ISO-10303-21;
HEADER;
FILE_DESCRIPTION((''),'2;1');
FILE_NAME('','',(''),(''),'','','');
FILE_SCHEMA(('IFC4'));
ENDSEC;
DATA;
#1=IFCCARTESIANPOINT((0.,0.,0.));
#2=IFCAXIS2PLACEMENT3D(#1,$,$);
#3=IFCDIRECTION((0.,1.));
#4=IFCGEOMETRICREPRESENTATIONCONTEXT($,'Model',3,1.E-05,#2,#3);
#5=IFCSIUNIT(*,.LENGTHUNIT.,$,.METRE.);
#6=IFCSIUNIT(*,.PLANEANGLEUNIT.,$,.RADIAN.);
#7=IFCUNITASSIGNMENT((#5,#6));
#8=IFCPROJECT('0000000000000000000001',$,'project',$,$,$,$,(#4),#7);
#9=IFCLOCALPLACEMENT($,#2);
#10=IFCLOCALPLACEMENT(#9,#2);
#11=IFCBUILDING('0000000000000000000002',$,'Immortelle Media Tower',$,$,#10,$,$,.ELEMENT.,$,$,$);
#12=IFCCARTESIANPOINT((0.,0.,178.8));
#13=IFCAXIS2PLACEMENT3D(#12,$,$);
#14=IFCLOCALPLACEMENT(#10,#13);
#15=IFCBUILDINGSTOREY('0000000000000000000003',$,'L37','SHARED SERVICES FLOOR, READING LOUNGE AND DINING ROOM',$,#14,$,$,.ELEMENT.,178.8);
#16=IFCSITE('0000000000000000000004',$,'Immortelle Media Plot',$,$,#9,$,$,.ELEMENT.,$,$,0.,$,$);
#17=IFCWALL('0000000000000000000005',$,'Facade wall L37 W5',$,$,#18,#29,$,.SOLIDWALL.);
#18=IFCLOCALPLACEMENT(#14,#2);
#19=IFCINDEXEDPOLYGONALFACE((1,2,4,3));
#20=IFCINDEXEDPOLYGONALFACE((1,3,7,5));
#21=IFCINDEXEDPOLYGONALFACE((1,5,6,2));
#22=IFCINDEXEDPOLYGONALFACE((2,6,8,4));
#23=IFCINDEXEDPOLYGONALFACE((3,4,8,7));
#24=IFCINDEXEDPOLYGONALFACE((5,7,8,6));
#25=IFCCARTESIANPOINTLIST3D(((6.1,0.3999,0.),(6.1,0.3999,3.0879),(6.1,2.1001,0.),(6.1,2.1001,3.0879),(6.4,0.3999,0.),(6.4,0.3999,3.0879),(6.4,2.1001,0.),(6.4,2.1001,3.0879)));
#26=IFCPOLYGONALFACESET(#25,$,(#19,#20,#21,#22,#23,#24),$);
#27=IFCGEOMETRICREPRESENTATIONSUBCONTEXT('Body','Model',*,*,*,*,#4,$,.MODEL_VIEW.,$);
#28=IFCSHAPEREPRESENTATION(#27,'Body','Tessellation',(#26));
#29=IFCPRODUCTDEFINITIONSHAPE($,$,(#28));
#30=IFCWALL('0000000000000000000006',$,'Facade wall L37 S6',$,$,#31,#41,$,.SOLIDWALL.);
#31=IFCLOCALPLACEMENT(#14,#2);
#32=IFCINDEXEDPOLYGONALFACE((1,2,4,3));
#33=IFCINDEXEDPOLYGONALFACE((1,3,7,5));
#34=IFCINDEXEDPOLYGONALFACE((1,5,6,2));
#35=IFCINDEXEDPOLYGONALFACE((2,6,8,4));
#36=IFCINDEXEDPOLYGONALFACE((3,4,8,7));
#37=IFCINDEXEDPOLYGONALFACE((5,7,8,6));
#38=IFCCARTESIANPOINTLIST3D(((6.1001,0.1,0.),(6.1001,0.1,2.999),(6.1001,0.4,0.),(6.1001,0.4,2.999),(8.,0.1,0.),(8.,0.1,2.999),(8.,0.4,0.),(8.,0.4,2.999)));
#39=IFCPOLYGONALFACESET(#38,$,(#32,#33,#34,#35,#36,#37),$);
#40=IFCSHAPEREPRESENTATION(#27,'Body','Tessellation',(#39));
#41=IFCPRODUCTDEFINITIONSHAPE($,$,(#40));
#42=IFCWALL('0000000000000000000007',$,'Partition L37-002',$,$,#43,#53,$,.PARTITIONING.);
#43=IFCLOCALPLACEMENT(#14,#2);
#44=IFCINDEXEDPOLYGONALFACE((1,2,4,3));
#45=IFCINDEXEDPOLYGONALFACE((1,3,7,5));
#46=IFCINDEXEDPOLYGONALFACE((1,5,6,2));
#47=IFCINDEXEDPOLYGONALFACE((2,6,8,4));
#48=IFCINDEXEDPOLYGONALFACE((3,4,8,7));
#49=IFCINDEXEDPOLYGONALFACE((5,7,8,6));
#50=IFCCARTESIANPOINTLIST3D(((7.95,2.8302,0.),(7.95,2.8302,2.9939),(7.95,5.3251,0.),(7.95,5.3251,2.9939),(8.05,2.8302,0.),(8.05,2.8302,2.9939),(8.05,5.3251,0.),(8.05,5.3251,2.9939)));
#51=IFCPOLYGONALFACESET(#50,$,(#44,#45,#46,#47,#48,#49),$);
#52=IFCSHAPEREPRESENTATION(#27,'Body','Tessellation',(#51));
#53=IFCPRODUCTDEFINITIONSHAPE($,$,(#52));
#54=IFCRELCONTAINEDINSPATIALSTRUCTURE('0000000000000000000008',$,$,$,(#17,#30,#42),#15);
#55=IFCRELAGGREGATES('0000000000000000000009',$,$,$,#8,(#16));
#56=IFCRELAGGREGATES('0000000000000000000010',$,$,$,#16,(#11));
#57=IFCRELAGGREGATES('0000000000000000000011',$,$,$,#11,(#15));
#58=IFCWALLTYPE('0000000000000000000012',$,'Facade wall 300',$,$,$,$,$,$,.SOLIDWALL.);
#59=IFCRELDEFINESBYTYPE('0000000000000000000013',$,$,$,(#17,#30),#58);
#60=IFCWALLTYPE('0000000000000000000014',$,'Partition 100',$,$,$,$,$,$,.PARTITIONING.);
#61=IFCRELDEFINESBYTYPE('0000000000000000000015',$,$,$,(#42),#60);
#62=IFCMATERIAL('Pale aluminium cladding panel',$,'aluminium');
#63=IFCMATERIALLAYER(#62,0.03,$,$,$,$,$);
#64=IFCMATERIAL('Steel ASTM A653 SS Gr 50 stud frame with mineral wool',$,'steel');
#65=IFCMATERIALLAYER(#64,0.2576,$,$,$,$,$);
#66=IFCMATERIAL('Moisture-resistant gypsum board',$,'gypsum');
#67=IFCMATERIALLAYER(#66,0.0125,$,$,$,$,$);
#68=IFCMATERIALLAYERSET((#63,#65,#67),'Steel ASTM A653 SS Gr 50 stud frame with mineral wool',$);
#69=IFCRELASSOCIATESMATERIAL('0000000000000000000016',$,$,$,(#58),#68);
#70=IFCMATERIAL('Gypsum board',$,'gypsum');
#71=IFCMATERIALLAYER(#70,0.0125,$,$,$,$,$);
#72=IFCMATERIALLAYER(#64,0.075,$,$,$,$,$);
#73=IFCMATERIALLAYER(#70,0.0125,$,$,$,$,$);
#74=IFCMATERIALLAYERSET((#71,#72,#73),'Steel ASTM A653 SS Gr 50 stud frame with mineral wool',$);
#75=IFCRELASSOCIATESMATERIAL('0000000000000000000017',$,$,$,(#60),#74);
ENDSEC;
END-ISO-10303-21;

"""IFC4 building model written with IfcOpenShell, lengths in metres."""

from ifc_helpers import new_model, si_unit, direction, frame, frame_2d, origin, place, context, subcontext, project, spatial, rectangle, extrude, material, layer, layer_set, type_object, element, save


model = new_model("IFC4")

# Units and contexts
model_context = context("Model", 3, precision=1e-05, world=origin(), true_north=direction((0.0, 1.0)))
body_context = subcontext(model_context, "Body", "Model", "MODEL_VIEW")
ifc_project = project(units=[si_unit("LENGTHUNIT", "METRE"), si_unit("PLANEANGLEUNIT", "RADIAN")], contexts=[model_context])

# Site, building, storey
site_placement = place(None, origin())
site = spatial("IfcSite", under=ifc_project, at=site_placement, Name="Immortelle Media Plot", CompositionType="ELEMENT", RefElevation=0.0)
building_placement = place(site_placement, origin())
building = spatial("IfcBuilding", under=site, at=building_placement, Name="Immortelle Media Tower", CompositionType="ELEMENT")
storey_placement = place(building_placement, frame((0.0, 0.0, 178.8)))
storey = spatial("IfcBuildingStorey", under=building, at=storey_placement, Name="L37", Description="SHARED SERVICES FLOOR, READING LOUNGE AND DINING ROOM", CompositionType="ELEMENT", Elevation=178.8)

# Walls
ifc_material_1 = material(Name="Pale aluminium cladding panel", Category="aluminium")
ifc_layer_1 = layer(ifc_material_1, 0.03)
ifc_material_2 = material(Name="Steel ASTM A653 SS Gr 50 stud frame with mineral wool", Category="steel")
ifc_layer_2 = layer(ifc_material_2, 0.2576)
ifc_material_3 = material(Name="Moisture-resistant gypsum board", Category="gypsum")
ifc_layer_3 = layer(ifc_material_3, 0.0125)
ifc_layer_set_1 = layer_set([ifc_layer_1, ifc_layer_2, ifc_layer_3], Name="Steel ASTM A653 SS Gr 50 stud frame with mineral wool")
wall_type_1 = type_object("IfcWallType", Name="Facade wall 300", PredefinedType="SOLIDWALL", material=ifc_layer_set_1)
wall_1_placement = place(storey_placement, frame((6.25, 2.1001, 0.0), z_axis=(0.0, 0.0, 1.0), x_axis=(0.0, -1.0, 0.0)))
element("IfcWall", 1, at=wall_1_placement, inside=storey, type_object=wall_type_1, Name="Facade wall L37 W5", PredefinedType="SOLIDWALL", context=body_context, shape_type="SweptSolid", body=[
    extrude(rectangle(XDim=1.7002, YDim=0.3, at=frame_2d((0.8501, 0.0))), origin(), (0.0, 0.0, 1.0), 3.0879),
])
wall_2_placement = place(storey_placement, frame((6.1001, 0.25, 0.0), z_axis=(0.0, 0.0, 1.0), x_axis=(1.0, 0.0, 0.0)))
element("IfcWall", 2, at=wall_2_placement, inside=storey, type_object=wall_type_1, Name="Facade wall L37 S6", PredefinedType="SOLIDWALL", context=body_context, shape_type="SweptSolid", body=[
    extrude(rectangle(XDim=1.8999, YDim=0.3, at=frame_2d((0.95, 0.0))), origin(), (0.0, 0.0, 1.0), 2.999),
])
ifc_material_4 = material(Name="Gypsum board", Category="gypsum")
ifc_layer_4 = layer(ifc_material_4, 0.0125)
ifc_layer_5 = layer(ifc_material_2, 0.075)
ifc_layer_6 = layer(ifc_material_4, 0.0125)
ifc_layer_set_2 = layer_set([ifc_layer_4, ifc_layer_5, ifc_layer_6], Name="Steel ASTM A653 SS Gr 50 stud frame with mineral wool")
wall_type_2 = type_object("IfcWallType", Name="Partition 100", PredefinedType="PARTITIONING", material=ifc_layer_set_2)
wall_3_placement = place(storey_placement, frame((8.0, 2.8301, 0.0), z_axis=(0.0, 0.0, 1.0), x_axis=(0.0, 1.0, 0.0)))
element("IfcWall", 3, at=wall_3_placement, inside=storey, type_object=wall_type_2, Name="Partition L37-002", PredefinedType="PARTITIONING", context=body_context, shape_type="SweptSolid", body=[
    extrude(rectangle(XDim=2.4949, YDim=0.1001, at=frame_2d((1.2476, 0.0))), origin(), (0.0, 0.0, 1.0), 2.9939),
])

save(model, "model.ifc")
